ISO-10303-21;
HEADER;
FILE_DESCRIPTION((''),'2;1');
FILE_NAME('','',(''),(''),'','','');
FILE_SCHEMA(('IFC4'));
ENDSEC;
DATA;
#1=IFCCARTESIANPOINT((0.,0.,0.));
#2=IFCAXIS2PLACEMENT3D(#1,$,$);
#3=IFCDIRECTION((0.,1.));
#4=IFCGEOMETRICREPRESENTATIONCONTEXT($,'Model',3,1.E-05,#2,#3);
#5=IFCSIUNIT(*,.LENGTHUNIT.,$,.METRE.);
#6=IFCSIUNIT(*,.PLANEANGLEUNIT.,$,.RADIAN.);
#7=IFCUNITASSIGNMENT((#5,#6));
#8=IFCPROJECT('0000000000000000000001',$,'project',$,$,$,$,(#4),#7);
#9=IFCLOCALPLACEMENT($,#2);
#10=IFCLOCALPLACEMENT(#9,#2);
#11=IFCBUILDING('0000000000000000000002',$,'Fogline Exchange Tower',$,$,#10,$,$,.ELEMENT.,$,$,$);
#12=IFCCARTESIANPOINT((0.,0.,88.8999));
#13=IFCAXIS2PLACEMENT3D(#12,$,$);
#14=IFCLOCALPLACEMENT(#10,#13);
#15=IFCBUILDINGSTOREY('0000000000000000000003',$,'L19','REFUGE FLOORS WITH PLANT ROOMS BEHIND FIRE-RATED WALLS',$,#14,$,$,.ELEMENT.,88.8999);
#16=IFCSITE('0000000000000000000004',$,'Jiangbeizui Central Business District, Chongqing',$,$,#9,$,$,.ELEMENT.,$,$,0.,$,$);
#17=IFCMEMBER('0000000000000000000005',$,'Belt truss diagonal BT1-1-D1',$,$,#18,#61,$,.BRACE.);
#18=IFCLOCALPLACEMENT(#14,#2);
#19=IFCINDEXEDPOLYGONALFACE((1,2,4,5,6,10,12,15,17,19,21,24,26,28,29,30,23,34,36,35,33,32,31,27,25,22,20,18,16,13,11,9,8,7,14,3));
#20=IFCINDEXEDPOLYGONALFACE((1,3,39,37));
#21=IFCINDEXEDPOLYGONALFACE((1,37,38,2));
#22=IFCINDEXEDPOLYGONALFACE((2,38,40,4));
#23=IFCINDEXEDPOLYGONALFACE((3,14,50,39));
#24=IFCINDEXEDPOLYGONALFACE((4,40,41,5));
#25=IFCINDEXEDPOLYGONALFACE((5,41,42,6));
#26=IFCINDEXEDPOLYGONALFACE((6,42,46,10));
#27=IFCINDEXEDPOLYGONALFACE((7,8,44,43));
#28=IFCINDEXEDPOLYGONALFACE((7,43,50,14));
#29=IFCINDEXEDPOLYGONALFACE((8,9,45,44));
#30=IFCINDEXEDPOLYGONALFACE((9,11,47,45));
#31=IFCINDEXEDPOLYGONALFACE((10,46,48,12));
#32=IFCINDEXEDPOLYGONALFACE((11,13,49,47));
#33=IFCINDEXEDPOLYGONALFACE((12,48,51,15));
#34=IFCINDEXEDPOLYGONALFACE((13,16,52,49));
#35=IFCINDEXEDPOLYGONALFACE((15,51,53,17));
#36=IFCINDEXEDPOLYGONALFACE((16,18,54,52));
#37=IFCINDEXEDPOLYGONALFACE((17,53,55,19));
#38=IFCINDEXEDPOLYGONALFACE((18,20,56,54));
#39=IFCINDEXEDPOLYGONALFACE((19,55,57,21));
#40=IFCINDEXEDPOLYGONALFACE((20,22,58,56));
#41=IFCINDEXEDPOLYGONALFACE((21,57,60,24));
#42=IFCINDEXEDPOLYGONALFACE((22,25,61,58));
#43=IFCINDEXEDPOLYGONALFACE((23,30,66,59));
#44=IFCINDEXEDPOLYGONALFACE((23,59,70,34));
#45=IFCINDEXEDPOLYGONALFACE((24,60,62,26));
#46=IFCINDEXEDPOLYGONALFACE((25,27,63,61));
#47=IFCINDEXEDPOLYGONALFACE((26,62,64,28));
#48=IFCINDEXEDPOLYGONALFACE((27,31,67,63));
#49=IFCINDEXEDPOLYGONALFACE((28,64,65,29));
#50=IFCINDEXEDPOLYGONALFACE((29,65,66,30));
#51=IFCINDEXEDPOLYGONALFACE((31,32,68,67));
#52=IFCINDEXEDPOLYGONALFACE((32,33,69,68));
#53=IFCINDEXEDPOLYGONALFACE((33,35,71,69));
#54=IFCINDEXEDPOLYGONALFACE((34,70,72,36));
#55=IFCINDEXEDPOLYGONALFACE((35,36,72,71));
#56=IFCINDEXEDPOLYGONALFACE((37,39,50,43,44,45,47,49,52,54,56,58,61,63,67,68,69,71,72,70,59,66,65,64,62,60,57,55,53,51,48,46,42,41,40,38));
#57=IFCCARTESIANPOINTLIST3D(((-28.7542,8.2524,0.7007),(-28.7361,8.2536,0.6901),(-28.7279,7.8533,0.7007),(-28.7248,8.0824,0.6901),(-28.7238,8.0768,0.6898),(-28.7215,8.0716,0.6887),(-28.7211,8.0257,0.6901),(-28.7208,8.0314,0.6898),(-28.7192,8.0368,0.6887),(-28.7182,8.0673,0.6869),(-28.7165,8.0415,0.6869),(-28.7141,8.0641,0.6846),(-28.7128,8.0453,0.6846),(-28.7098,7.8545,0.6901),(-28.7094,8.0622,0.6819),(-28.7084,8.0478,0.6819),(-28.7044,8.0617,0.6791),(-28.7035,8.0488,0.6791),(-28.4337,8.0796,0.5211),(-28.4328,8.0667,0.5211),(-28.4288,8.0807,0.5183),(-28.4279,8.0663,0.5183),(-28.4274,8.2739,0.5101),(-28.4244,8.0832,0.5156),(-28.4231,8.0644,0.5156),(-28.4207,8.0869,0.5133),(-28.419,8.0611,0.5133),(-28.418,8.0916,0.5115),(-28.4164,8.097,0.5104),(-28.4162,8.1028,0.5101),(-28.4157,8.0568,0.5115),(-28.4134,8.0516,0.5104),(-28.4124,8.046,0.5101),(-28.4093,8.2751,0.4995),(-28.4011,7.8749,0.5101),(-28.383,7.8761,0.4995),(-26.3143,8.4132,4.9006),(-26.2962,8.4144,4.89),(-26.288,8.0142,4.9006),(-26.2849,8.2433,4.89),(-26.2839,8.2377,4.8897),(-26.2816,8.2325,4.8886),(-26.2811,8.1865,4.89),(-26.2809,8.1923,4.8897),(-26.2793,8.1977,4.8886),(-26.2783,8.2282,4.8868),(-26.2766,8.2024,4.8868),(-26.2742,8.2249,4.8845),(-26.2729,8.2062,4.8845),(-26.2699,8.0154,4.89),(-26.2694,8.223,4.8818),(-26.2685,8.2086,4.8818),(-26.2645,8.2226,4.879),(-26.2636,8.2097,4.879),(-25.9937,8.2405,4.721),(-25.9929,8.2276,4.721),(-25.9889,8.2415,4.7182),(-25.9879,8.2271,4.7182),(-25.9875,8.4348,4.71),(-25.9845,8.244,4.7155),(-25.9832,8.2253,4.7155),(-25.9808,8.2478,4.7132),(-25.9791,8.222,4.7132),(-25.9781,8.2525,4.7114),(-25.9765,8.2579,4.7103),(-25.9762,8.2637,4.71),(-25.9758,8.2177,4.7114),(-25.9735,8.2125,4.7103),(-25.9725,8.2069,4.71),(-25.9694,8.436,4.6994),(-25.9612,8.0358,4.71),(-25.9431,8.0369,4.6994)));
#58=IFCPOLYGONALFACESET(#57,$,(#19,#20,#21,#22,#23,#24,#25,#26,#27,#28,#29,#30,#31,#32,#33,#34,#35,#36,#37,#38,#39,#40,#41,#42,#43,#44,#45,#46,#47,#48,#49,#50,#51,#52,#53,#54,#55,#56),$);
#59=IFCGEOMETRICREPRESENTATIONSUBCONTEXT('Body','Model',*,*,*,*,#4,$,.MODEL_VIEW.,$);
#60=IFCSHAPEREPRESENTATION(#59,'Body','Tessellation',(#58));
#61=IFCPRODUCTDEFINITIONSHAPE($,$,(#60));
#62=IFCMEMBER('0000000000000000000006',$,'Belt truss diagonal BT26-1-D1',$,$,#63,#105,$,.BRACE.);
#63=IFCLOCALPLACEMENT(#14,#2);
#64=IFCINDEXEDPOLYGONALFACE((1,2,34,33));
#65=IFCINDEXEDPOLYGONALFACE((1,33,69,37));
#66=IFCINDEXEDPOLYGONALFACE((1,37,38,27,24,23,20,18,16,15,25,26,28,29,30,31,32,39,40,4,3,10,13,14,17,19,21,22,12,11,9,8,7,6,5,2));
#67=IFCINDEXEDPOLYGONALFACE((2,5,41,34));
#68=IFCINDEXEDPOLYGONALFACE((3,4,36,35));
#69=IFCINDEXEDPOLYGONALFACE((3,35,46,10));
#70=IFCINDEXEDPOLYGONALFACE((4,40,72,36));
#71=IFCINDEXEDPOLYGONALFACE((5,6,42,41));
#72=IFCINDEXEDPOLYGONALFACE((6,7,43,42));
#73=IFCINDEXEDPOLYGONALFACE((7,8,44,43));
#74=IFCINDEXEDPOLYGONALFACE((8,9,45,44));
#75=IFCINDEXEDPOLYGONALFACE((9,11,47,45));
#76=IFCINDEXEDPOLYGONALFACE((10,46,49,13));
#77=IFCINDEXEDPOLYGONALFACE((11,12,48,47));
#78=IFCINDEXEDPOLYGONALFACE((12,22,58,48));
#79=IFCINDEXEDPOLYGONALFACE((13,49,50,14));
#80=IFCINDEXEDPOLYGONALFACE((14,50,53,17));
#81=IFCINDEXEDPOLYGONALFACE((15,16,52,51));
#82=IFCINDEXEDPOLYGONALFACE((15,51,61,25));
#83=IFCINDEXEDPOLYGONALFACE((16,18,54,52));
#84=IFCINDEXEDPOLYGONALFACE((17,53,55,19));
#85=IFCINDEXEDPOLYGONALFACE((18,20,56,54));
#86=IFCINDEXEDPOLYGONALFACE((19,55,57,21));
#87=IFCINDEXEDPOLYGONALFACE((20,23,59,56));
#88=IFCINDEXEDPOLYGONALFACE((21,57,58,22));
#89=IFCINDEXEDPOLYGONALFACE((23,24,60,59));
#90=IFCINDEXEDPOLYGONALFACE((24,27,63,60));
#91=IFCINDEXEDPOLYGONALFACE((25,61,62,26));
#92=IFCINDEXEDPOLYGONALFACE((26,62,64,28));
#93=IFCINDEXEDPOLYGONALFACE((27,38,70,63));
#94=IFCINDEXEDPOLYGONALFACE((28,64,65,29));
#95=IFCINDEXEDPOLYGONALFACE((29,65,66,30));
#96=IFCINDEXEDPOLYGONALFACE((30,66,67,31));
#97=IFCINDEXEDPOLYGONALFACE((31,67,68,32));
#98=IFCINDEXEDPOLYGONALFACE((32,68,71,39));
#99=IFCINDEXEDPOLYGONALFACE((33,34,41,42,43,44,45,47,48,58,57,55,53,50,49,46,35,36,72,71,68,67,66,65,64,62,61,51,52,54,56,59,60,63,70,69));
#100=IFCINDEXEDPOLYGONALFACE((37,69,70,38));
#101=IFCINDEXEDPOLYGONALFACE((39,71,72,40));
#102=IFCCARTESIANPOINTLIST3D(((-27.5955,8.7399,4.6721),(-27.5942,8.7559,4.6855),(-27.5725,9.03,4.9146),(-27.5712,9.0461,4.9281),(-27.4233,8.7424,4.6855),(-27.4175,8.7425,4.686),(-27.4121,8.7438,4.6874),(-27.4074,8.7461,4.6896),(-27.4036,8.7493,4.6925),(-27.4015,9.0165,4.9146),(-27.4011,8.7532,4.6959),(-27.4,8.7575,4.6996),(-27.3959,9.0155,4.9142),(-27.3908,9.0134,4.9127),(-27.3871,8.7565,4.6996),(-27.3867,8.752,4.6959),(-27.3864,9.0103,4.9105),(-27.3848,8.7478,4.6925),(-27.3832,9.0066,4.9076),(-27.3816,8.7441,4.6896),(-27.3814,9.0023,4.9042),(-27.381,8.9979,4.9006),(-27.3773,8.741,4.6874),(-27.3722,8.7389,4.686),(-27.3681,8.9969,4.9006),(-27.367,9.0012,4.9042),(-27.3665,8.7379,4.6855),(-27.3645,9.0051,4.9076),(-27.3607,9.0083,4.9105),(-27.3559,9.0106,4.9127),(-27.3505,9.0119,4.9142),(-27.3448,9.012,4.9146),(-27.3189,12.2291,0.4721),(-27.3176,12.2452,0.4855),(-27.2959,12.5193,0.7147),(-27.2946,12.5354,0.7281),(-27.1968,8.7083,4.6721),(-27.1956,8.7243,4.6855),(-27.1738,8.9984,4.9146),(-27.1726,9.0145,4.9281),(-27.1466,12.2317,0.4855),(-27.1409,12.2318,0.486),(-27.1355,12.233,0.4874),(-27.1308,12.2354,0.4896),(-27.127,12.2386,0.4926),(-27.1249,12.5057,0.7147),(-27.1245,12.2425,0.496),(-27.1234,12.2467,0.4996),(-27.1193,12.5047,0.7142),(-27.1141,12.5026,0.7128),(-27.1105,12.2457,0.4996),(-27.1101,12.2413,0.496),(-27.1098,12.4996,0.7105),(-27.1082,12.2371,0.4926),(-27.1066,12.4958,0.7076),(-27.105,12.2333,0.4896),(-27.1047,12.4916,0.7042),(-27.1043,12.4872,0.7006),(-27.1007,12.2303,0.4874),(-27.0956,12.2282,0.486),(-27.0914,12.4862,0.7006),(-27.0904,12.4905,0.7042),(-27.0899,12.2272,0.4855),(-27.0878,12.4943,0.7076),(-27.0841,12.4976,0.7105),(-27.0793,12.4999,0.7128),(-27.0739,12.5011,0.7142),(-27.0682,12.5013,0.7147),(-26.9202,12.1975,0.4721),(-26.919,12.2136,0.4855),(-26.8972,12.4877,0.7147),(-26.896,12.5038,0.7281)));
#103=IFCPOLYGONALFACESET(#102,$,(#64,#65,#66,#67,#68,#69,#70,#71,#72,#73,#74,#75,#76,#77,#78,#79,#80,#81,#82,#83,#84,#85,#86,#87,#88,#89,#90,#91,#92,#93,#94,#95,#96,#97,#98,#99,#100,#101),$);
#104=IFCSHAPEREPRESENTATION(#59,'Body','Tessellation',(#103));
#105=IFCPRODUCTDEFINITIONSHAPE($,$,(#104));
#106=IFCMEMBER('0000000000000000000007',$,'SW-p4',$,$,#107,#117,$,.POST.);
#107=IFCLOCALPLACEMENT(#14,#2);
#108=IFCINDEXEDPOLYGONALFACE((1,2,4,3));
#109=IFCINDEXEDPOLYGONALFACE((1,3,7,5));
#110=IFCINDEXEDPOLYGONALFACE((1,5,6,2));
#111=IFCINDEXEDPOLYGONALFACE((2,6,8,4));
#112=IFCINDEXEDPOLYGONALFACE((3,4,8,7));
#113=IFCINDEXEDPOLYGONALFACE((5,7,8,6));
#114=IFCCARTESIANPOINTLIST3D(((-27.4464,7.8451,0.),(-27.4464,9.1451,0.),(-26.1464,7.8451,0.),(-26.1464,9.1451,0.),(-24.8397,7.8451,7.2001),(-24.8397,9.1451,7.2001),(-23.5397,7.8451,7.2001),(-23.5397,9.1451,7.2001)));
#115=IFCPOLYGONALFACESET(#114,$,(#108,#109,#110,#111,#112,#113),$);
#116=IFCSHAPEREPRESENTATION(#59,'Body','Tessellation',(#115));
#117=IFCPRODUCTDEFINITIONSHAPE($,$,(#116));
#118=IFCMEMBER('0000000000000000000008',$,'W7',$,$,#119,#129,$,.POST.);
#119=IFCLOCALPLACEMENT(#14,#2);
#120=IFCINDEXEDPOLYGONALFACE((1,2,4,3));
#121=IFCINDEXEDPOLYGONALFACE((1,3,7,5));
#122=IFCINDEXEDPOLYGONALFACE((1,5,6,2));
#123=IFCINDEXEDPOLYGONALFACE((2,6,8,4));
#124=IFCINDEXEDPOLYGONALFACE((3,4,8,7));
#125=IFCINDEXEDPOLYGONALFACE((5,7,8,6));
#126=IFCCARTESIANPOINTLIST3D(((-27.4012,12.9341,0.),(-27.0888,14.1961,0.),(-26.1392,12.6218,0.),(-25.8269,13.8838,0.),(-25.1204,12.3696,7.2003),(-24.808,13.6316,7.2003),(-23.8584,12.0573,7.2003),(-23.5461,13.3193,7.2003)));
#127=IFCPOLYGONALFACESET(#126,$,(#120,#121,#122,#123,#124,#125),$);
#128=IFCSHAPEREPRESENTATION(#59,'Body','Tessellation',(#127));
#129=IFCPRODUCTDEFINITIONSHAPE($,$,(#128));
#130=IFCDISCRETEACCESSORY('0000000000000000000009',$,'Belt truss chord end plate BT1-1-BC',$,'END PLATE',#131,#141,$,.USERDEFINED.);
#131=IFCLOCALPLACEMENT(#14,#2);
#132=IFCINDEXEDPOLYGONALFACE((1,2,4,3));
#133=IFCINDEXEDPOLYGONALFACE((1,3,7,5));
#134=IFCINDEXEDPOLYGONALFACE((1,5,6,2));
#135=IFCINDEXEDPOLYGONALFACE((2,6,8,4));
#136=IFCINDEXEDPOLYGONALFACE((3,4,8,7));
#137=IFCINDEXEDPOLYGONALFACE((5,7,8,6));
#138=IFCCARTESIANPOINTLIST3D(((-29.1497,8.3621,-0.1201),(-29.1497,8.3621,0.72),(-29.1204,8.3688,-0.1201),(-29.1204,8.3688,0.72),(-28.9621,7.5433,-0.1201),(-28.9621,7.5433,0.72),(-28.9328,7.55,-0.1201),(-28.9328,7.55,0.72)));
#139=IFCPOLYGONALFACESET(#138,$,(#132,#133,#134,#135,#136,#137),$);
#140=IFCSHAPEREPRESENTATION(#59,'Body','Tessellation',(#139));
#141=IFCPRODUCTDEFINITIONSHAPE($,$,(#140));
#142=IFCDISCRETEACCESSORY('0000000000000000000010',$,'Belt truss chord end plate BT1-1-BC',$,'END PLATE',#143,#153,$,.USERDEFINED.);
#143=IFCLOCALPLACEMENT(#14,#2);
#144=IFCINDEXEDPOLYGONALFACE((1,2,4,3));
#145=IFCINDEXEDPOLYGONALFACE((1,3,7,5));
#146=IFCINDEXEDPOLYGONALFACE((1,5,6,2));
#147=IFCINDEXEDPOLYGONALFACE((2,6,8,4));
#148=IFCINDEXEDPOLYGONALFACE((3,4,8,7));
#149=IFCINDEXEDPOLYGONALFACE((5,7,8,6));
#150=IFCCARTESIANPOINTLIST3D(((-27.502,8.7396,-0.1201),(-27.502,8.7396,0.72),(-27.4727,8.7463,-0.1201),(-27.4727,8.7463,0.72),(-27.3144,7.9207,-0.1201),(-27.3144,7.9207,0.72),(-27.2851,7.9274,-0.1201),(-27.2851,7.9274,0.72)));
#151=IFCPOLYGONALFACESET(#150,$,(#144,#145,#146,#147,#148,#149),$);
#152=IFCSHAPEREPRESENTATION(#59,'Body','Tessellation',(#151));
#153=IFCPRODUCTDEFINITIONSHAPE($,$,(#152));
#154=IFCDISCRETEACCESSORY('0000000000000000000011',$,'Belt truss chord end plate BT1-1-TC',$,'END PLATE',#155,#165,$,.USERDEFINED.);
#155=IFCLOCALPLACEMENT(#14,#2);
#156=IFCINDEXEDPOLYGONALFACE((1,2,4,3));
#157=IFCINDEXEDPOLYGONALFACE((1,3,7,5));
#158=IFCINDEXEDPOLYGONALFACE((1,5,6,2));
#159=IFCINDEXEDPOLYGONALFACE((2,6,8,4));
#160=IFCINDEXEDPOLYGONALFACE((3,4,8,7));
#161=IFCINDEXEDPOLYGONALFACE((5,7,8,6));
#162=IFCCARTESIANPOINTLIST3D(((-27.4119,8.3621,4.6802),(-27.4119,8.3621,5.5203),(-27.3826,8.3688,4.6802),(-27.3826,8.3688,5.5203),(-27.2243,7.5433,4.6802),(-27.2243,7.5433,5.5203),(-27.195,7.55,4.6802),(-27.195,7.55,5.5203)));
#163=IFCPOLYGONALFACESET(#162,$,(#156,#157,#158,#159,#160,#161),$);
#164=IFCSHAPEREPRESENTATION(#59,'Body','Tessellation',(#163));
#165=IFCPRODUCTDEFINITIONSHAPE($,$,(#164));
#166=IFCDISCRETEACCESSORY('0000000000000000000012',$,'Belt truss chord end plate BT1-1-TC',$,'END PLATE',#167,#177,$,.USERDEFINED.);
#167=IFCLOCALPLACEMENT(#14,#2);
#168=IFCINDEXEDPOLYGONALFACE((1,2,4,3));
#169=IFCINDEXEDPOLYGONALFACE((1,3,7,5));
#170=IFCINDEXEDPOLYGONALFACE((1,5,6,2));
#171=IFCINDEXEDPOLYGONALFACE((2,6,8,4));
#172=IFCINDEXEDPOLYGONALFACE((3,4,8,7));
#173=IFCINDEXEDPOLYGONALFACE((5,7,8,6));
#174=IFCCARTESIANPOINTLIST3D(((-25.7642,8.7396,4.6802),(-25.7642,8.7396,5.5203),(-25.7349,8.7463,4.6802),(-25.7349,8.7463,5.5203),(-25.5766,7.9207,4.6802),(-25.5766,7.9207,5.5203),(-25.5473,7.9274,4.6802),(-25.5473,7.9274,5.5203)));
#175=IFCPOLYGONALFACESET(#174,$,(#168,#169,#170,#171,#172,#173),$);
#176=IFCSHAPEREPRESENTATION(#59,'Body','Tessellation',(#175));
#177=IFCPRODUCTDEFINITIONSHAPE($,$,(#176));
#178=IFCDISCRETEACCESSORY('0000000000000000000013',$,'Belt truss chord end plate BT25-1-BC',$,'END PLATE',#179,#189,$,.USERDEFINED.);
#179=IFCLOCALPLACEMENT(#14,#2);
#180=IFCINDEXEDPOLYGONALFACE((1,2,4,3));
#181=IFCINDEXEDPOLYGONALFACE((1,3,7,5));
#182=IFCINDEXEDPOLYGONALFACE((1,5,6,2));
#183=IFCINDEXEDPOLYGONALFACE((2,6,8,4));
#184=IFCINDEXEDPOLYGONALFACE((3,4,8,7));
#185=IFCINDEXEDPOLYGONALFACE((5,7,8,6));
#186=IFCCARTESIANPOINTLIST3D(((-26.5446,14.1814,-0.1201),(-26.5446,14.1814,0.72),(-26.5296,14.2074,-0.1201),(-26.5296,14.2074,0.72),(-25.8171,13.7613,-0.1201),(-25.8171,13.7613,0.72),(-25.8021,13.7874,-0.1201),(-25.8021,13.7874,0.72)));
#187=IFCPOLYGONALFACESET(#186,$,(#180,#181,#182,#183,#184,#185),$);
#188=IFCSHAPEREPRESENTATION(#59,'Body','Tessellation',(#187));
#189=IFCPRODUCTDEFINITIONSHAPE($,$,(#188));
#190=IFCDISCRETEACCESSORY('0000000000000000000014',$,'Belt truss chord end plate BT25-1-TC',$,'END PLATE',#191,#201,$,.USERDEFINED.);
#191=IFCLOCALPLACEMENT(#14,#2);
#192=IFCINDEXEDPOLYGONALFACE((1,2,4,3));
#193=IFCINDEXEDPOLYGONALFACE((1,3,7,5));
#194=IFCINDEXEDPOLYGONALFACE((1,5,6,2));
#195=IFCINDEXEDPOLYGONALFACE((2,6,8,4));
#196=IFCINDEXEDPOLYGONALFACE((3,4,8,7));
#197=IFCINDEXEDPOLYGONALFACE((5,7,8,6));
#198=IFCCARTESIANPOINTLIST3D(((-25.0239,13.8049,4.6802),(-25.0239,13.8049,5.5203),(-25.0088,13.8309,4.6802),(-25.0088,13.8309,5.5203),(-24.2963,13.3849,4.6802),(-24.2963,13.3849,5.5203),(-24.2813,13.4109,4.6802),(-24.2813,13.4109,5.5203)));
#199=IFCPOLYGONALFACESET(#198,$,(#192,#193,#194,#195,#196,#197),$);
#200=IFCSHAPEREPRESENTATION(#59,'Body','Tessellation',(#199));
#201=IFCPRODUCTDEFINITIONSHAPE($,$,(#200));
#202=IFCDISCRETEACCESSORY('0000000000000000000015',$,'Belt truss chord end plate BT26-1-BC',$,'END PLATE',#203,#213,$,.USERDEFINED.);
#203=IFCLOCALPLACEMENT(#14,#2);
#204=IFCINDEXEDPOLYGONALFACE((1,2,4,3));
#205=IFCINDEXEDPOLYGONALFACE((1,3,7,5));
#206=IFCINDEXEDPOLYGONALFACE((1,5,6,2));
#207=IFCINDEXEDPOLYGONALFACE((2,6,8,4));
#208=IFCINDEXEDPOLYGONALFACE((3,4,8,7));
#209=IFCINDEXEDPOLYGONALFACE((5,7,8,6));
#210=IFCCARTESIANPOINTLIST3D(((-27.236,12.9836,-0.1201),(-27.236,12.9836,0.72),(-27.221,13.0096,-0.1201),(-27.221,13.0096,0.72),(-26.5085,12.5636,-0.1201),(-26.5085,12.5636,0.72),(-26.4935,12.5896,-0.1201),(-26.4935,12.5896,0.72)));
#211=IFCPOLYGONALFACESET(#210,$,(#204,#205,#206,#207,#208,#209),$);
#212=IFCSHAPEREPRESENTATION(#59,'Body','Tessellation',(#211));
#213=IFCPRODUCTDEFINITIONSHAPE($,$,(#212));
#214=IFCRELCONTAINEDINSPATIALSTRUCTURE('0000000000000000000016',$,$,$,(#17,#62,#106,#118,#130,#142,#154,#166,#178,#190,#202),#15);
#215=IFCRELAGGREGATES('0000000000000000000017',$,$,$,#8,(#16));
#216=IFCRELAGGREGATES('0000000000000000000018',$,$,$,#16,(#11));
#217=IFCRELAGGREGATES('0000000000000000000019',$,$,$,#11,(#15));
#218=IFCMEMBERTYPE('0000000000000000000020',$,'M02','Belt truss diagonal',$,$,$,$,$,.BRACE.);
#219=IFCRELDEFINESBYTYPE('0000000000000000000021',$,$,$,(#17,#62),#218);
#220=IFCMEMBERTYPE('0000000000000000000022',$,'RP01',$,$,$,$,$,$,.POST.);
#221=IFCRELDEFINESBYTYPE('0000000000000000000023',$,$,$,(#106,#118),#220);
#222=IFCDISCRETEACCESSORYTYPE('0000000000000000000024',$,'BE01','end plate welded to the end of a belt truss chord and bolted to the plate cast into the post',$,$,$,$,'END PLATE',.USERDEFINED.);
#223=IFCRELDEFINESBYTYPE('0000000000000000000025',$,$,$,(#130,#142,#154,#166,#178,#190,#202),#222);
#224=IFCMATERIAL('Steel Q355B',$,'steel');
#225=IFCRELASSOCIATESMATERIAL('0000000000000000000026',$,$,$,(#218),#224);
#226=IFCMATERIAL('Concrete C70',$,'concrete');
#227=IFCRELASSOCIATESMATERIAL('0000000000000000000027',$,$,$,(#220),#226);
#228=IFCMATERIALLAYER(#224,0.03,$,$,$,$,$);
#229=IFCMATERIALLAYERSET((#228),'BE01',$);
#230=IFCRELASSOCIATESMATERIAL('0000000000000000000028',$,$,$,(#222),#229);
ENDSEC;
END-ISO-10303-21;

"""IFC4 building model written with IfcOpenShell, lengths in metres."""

from ifc_helpers import new_model, si_unit, direction, frame, origin, origin_2d, place, context, subcontext, project, spatial, rectangle, i_section, extrude, material, layer, layer_set, material_profile, profile_set, type_object, element, save


model = new_model("IFC4")

# Units and contexts
model_context = context("Model", 3, precision=1e-05, world=origin(), true_north=direction((0.0, 1.0)))
body_context = subcontext(model_context, "Body", "Model", "MODEL_VIEW")
ifc_project = project(units=[si_unit("LENGTHUNIT", "METRE"), si_unit("PLANEANGLEUNIT", "RADIAN")], contexts=[model_context])

# Site, building, storey
site_placement = place(None, origin())
site = spatial("IfcSite", under=ifc_project, at=site_placement, Name="Jiangbeizui Central Business District, Chongqing", CompositionType="ELEMENT", RefElevation=0.0)
building_placement = place(site_placement, origin())
building = spatial("IfcBuilding", under=site, at=building_placement, Name="Fogline Exchange Tower", CompositionType="ELEMENT")
storey_placement = place(building_placement, frame((0.0, 0.0, 88.8999)))
storey = spatial("IfcBuildingStorey", under=building, at=storey_placement, Name="L19", Description="REFUGE FLOORS WITH PLANT ROOMS BEHIND FIRE-RATED WALLS", CompositionType="ELEMENT", Elevation=88.8999)

# Members
ifc_material_1 = material(Name="Steel Q355B", Category="steel")
ifc_material_profile_1 = material_profile(ifc_material_1, i_section(OverallWidth=0.3999, OverallDepth=0.3999, WebThickness=0.0129, FlangeThickness=0.021, FilletRadius=0.022, at=origin_2d()), Name="HW400X400X13X21")
ifc_profile_set_1 = profile_set([ifc_material_profile_1], Name="Steel Q355B")
member_type_1 = type_object("IfcMemberType", Name="M02", Description="Belt truss diagonal", PredefinedType="BRACE", material=ifc_profile_set_1)
member_1_placement = place(storey_placement, frame((-28.5686, 8.0642, 0.6001), z_axis=(0.502054, 0.033105, 0.864202), x_axis=(-0.065797, 0.997833, 0.0)))
element("IfcMember", 1, at=member_1_placement, inside=storey, type_object=member_type_1, Name="Belt truss diagonal BT1-1-D1", PredefinedType="BRACE", context=body_context, shape_type="SweptSolid", body=[
    extrude(i_section(OverallWidth=0.3999, OverallDepth=0.3999, WebThickness=0.0129, FlangeThickness=0.021, FilletRadius=0.022, at=origin_2d()), origin(), (0.0, 0.0, 1.0), 4.8599),
])
member_2_placement = place(storey_placement, frame((-27.1074, 12.3665, 0.6001), z_axis=(-0.050594, -0.638209, 0.768199), x_axis=(0.996872, -0.079027, 0.0)))
element("IfcMember", 2, at=member_2_placement, inside=storey, type_object=member_type_1, Name="Belt truss diagonal BT26-1-D1", PredefinedType="BRACE", context=body_context, shape_type="SweptSolid", body=[
    extrude(i_section(OverallWidth=0.3999, OverallDepth=0.3999, WebThickness=0.0129, FlangeThickness=0.021, FilletRadius=0.022, at=origin_2d()), origin(), (0.0, 0.0, 1.0), 5.4673),
])
ifc_material_2 = material(Name="Concrete C70", Category="concrete")
ifc_material_profile_2 = material_profile(ifc_material_2, rectangle(XDim=1.3, YDim=1.3, at=origin_2d()), Name="RC 1300x1300")
ifc_profile_set_2 = profile_set([ifc_material_profile_2], Name="Concrete C70")
member_type_2 = type_object("IfcMemberType", Name="RP01", PredefinedType="POST", material=ifc_profile_set_2)
member_3_placement = place(storey_placement, frame((-26.7964, 8.4951, 0.0), z_axis=(0.0, 0.0, 1.0), x_axis=(0.0, 1.0, 0.0)))
element("IfcMember", 3, at=member_3_placement, inside=storey, type_object=member_type_2, Name="SW-p4", PredefinedType="POST", context=body_context, shape_type="SweptSolid", body=[
    extrude(rectangle(XDim=1.3, YDim=1.3, at=origin_2d()), origin(), (0.0, -0.340409, 0.940277), 7.6575),
])
member_4_placement = place(storey_placement, frame((-26.614, 13.4089, 0.0), z_axis=(0.0, 0.0, 1.0), x_axis=(0.240237, 0.970714, 0.0)))
element("IfcMember", 4, at=member_4_placement, inside=storey, type_object=member_type_2, Name="W7", PredefinedType="POST", context=body_context, shape_type="SweptSolid", body=[
    extrude(rectangle(XDim=1.3, YDim=1.3, at=origin_2d()), origin(), (0.0, -0.310221, 0.950664), 7.574),
])

# Discrete accessories
ifc_layer = layer(ifc_material_1, 0.03)
ifc_layer_set = layer_set([ifc_layer], Name="BE01")
discrete_accessory_type = type_object("IfcDiscreteAccessoryType", Name="BE01", Description="end plate welded to the end of a belt truss chord and bolted to the plate cast into the post", ElementType="END PLATE", PredefinedType="USERDEFINED", material=ifc_layer_set)
for number, where, z_axis, x_axis, name in (
    (5, (-29.0413, 7.9561, -0.1201), (0.0, 0.0, 1.0), (-0.974743, -0.22333, 0.0), "Belt truss chord end plate BT1-1-BC"),
    (6, (-27.3936, 8.3335, -0.1201), (0.0, 0.0, 1.0), (0.974743, 0.22333, 0.0), "Belt truss chord end plate BT1-1-BC"),
    (7, (-27.3035, 7.9561, 4.6802), (0.0, 0.0, 1.0), (-0.974743, -0.22333, 0.0), "Belt truss chord end plate BT1-1-TC"),
    (8, (-25.6558, 8.3335, 4.6802), (0.0, 0.0, 1.0), (0.974743, 0.22333, 0.0), "Belt truss chord end plate BT1-1-TC"),
    (9, (-26.1733, 13.9844, -0.1201), (0.0, 0.0, 1.0), (-0.5, -0.866025, 0.0), "Belt truss chord end plate BT25-1-BC"),
    (10, (-24.6526, 13.6079, 4.6802), (0.0, 0.0, 1.0), (-0.5, -0.866025, 0.0), "Belt truss chord end plate BT25-1-TC"),
    (11, (-26.8647, 12.7866, -0.1201), (0.0, 0.0, 1.0), (0.5, 0.866025, 0.0), "Belt truss chord end plate BT26-1-BC"),
):
    element("IfcDiscreteAccessory", number, at=place(storey_placement, frame(where, z_axis=z_axis, x_axis=x_axis)), inside=storey, type_object=discrete_accessory_type, Name=name, ObjectType="END PLATE", PredefinedType="USERDEFINED", context=body_context, shape_type="SweptSolid", body=[
        extrude(rectangle(XDim=0.03, YDim=0.8401, at=origin_2d()), origin(), (0.0, 0.0, 1.0), 0.8401),
    ])

save(model, "model.ifc")
